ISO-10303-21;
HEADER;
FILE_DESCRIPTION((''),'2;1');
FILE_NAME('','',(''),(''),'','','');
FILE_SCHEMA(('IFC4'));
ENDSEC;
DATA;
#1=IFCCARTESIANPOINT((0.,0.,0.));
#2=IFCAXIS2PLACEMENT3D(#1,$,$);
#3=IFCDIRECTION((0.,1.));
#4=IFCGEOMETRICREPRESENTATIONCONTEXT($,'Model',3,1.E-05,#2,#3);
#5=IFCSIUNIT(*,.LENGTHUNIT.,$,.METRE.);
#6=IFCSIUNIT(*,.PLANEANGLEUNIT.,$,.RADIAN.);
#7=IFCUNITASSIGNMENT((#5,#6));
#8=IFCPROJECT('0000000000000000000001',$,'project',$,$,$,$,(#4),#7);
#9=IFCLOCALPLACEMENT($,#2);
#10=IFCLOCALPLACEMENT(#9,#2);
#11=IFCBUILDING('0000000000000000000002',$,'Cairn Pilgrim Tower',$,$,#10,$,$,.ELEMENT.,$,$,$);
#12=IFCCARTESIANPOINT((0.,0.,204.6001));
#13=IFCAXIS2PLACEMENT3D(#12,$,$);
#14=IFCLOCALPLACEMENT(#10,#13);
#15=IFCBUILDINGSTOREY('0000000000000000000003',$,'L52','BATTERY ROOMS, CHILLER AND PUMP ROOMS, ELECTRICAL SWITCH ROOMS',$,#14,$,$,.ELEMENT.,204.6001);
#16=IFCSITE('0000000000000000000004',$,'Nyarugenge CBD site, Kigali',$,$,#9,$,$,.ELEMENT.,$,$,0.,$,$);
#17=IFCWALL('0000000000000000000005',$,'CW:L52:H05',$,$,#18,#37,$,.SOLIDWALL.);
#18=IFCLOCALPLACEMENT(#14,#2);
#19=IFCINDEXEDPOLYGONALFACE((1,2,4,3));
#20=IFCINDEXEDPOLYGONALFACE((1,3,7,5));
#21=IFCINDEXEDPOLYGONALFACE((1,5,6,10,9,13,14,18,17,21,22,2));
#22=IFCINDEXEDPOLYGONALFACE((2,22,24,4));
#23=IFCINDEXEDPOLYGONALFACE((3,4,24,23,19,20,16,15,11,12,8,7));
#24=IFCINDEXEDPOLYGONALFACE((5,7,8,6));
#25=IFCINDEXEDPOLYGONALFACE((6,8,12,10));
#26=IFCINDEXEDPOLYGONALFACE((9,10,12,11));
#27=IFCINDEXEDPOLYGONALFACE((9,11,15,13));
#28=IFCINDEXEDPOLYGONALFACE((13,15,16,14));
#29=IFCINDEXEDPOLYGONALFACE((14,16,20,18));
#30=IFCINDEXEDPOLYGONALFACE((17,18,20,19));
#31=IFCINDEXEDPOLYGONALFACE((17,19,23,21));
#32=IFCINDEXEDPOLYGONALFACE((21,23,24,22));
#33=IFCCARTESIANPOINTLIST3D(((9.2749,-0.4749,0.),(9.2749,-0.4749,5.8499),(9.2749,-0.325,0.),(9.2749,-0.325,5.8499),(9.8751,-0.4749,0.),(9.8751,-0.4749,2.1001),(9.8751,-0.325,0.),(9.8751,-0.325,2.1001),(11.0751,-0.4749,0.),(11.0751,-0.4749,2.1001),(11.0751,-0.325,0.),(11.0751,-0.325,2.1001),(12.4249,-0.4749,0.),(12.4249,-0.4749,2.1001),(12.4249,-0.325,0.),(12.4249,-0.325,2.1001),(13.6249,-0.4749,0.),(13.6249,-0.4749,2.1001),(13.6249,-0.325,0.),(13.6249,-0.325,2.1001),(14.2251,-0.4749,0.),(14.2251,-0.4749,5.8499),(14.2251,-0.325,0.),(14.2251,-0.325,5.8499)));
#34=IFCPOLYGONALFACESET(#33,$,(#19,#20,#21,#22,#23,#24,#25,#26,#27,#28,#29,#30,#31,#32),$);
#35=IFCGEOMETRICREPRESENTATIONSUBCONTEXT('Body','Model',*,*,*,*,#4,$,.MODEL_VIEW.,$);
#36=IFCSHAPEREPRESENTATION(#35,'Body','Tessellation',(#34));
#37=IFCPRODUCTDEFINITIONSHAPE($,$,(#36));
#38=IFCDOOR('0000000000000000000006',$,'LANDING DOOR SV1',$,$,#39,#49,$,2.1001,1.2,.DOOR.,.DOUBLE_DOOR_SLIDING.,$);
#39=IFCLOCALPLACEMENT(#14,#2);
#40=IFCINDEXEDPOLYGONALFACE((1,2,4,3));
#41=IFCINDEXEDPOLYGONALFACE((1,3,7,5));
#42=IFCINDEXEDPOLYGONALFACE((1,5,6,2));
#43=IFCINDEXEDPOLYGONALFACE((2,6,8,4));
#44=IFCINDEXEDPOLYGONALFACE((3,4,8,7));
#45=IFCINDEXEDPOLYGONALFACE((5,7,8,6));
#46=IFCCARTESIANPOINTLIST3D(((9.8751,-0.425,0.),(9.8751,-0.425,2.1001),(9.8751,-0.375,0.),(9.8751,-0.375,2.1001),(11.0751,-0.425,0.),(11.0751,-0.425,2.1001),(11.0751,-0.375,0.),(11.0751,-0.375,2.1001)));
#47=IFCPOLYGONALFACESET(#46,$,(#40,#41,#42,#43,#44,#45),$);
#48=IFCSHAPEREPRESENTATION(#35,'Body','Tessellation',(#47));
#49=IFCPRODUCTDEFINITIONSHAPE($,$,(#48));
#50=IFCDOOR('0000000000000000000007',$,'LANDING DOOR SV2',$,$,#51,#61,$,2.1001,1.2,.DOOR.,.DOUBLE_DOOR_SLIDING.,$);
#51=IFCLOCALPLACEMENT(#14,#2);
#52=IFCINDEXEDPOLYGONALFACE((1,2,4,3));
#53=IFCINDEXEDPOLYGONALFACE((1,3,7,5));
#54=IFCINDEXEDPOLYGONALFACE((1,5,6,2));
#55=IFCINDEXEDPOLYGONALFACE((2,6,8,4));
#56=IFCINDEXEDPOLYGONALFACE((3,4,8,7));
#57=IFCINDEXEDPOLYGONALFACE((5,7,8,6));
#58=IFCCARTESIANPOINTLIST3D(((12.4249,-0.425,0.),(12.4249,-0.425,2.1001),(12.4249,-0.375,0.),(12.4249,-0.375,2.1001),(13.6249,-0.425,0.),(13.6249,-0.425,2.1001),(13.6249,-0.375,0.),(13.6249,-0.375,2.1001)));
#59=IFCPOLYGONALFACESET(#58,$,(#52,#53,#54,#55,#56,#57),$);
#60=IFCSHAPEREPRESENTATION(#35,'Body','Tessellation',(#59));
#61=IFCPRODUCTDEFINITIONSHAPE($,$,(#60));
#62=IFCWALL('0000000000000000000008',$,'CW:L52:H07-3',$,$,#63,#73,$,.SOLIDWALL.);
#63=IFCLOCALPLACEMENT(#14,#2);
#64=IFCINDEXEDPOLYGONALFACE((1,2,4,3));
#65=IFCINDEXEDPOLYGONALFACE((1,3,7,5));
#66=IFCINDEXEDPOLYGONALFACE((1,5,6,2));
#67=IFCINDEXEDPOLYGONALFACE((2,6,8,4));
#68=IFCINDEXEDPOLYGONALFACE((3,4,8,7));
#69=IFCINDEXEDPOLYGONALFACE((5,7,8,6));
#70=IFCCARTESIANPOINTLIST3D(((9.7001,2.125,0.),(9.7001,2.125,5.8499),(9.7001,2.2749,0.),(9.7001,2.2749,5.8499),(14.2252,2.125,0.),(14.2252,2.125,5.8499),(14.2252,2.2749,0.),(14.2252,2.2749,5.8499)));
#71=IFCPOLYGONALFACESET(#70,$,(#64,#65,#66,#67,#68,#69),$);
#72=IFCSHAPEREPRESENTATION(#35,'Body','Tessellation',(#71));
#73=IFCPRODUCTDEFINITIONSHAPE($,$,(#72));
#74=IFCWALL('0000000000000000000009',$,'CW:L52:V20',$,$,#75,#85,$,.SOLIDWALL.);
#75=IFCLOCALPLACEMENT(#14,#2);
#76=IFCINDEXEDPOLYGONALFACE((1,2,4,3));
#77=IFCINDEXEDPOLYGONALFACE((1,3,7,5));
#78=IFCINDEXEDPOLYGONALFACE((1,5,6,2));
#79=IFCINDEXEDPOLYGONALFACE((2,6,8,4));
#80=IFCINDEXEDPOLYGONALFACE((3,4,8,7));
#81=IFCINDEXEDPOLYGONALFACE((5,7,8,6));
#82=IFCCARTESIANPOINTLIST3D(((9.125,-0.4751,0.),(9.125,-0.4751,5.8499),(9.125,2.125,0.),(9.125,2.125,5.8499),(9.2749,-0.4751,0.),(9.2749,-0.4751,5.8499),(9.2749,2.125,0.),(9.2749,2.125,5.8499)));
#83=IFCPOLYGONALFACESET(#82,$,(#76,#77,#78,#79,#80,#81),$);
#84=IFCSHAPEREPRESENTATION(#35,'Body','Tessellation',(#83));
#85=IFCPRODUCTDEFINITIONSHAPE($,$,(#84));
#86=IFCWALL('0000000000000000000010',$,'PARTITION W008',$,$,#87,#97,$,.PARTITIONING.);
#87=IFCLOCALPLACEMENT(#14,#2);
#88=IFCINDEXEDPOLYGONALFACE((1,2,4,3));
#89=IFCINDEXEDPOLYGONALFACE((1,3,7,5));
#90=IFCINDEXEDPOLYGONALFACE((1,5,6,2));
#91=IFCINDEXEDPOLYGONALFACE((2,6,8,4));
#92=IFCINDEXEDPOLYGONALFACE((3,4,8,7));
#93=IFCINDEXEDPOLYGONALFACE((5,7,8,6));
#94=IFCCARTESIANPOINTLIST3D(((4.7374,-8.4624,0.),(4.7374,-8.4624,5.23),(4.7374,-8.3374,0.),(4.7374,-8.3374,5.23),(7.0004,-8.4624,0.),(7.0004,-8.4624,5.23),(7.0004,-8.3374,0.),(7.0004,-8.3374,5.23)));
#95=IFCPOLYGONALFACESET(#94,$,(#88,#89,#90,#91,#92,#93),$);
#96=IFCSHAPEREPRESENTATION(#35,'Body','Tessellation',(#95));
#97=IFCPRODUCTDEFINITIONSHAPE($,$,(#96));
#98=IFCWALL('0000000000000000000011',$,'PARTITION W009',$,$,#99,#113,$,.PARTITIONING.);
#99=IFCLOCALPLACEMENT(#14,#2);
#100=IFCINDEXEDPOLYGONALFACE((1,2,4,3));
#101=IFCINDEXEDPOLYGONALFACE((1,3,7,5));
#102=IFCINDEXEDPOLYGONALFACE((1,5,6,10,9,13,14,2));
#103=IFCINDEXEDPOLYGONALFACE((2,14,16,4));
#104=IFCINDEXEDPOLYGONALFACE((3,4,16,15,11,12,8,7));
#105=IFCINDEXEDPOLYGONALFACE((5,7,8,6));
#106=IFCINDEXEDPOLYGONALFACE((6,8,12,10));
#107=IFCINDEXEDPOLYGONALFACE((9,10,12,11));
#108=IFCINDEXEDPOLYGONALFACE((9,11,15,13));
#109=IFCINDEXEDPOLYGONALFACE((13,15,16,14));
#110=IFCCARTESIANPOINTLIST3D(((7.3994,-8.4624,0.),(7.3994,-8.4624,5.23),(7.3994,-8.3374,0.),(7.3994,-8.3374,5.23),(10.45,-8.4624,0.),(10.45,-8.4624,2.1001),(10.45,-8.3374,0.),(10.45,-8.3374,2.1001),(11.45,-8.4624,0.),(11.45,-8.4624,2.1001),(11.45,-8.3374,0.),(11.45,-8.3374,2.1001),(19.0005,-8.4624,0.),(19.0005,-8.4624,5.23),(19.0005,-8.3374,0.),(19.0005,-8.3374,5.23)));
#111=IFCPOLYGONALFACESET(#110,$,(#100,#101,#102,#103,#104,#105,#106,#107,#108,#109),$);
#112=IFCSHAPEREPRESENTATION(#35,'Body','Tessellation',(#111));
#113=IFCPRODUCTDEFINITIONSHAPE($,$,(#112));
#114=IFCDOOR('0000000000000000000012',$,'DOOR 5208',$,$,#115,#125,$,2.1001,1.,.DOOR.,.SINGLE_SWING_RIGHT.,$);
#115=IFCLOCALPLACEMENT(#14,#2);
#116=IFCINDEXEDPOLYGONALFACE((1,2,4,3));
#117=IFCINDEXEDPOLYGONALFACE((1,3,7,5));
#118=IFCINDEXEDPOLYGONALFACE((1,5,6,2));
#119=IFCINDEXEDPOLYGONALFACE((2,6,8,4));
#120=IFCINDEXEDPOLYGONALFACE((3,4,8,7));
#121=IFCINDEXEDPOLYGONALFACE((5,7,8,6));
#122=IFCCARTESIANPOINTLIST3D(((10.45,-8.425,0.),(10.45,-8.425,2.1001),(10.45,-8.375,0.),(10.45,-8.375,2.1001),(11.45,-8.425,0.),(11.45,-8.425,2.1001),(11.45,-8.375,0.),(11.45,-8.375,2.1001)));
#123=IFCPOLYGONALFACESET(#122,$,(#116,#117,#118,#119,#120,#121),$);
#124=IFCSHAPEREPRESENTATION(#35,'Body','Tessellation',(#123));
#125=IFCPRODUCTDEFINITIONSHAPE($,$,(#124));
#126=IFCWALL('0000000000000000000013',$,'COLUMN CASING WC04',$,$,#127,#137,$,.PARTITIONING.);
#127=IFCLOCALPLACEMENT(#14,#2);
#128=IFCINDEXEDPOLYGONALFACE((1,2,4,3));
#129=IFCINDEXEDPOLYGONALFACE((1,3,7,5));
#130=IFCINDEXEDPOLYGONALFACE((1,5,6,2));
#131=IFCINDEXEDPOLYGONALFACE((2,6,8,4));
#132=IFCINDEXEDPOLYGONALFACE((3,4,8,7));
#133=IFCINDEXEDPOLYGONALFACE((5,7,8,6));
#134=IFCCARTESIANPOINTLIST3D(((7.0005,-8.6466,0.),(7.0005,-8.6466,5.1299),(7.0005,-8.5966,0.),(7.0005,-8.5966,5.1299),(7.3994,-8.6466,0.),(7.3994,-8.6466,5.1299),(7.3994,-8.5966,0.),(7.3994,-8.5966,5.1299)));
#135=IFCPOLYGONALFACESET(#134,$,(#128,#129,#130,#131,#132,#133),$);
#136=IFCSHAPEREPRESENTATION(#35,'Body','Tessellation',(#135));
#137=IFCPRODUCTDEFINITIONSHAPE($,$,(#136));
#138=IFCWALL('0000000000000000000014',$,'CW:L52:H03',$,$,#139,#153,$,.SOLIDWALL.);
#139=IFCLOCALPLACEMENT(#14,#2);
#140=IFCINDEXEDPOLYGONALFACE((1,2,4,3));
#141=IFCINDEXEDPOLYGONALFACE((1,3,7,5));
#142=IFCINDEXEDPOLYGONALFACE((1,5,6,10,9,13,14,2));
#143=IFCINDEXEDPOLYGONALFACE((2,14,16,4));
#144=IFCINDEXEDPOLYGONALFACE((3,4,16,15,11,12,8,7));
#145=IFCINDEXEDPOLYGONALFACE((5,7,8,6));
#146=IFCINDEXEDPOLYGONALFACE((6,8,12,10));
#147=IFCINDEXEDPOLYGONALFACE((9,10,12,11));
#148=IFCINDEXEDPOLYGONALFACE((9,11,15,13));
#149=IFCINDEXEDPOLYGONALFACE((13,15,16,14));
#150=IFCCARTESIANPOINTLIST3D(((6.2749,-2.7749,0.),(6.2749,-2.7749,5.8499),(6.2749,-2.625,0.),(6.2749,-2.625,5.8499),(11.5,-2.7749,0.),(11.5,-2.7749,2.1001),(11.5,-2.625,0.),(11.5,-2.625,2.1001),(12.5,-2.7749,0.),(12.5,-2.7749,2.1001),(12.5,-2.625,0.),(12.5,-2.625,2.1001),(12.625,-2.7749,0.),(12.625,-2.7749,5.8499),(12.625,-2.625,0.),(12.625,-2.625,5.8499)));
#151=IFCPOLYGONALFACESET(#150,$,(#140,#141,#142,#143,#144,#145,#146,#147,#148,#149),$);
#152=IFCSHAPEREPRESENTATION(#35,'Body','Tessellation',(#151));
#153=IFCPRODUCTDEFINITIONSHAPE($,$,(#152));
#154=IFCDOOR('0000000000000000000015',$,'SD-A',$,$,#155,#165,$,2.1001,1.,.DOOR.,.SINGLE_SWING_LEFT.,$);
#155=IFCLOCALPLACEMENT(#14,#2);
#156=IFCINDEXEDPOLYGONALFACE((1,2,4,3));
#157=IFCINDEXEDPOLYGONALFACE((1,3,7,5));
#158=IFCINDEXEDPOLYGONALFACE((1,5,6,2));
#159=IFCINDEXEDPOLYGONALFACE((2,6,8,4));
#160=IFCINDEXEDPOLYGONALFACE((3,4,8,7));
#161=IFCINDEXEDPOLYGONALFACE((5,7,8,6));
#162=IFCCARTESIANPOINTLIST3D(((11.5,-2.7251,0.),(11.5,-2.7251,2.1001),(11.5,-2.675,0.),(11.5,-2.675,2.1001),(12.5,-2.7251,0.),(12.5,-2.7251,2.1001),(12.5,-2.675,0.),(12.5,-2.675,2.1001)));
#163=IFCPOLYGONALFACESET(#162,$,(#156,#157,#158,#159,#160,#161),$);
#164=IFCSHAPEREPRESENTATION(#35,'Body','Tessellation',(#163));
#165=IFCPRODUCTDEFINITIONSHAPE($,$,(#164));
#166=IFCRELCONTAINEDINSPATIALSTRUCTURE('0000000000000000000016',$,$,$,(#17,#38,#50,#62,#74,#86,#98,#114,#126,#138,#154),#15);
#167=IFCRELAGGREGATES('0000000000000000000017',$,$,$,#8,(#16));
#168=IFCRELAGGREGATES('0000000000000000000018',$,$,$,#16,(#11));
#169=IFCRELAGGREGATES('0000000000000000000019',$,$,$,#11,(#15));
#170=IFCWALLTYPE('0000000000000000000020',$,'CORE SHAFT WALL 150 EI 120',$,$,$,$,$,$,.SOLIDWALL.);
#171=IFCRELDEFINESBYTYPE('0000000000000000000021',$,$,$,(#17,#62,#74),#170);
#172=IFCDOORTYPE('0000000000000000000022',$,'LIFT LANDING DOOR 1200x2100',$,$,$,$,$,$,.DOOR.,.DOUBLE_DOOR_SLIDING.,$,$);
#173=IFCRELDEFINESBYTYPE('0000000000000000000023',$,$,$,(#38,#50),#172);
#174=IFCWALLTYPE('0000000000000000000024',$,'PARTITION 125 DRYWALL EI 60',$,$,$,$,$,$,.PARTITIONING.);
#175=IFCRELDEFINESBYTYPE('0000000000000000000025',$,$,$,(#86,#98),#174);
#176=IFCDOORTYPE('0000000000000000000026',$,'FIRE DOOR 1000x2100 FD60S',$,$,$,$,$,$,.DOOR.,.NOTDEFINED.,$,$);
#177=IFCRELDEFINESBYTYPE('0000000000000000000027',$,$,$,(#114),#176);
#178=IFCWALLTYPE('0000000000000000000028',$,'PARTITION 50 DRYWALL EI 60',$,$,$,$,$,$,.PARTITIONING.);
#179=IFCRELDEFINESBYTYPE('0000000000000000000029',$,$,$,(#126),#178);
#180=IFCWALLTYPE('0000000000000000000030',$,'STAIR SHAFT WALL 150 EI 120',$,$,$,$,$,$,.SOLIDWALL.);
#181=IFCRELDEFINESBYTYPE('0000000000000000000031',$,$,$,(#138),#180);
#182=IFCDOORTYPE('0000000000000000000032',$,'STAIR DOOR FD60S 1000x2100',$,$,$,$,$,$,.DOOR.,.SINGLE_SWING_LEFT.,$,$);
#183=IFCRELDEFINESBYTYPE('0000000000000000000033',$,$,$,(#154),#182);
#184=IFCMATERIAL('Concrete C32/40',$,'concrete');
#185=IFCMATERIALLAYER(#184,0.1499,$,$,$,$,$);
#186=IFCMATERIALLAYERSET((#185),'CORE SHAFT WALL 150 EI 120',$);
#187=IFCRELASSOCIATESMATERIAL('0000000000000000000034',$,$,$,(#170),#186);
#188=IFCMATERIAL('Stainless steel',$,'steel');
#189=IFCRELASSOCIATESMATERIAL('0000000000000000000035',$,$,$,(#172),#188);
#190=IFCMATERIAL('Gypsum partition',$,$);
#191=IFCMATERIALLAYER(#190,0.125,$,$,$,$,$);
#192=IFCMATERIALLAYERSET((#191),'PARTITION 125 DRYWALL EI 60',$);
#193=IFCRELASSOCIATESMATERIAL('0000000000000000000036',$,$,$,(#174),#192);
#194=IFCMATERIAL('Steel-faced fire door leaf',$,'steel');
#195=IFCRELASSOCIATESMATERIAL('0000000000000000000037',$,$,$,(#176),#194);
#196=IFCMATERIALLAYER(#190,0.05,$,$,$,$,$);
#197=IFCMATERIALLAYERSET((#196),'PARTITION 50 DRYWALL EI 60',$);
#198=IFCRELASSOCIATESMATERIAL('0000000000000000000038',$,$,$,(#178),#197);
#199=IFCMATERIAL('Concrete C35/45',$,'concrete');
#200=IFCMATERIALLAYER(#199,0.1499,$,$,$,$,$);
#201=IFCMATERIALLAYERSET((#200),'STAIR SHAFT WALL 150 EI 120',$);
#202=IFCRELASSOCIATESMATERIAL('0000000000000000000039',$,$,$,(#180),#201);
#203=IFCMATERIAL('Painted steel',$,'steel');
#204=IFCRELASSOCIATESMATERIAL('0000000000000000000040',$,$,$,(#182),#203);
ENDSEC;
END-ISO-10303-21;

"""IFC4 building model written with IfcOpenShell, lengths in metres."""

from ifc_helpers import new_model, si_unit, direction, frame, frame_2d, origin, place, context, subcontext, project, spatial, rectangle, extrude, material, layer, layer_set, type_object, element, fill, save


model = new_model("IFC4")

# Units and contexts
model_context = context("Model", 3, precision=1e-05, world=origin(), true_north=direction((0.0, 1.0)))
body_context = subcontext(model_context, "Body", "Model", "MODEL_VIEW")
ifc_project = project(units=[si_unit("LENGTHUNIT", "METRE"), si_unit("PLANEANGLEUNIT", "RADIAN")], contexts=[model_context])

# Site, building, storey
site_placement = place(None, origin())
site = spatial("IfcSite", under=ifc_project, at=site_placement, Name="Nyarugenge CBD site, Kigali", CompositionType="ELEMENT", RefElevation=0.0)
building_placement = place(site_placement, origin())
building = spatial("IfcBuilding", under=site, at=building_placement, Name="Cairn Pilgrim Tower", CompositionType="ELEMENT")
storey_placement = place(building_placement, frame((0.0, 0.0, 204.6001)))
storey = spatial("IfcBuildingStorey", under=building, at=storey_placement, Name="L52", Description="BATTERY ROOMS, CHILLER AND PUMP ROOMS, ELECTRICAL SWITCH ROOMS", CompositionType="ELEMENT", Elevation=204.6001)

# Wall, openings, doors
ifc_material_1 = material(Name="Concrete C32/40", Category="concrete")
ifc_layer_1 = layer(ifc_material_1, 0.1499)
ifc_layer_set_1 = layer_set([ifc_layer_1], Name="CORE SHAFT WALL 150 EI 120")
wall_type_1 = type_object("IfcWallType", Name="CORE SHAFT WALL 150 EI 120", PredefinedType="SOLIDWALL", material=ifc_layer_set_1)
wall_1_placement = place(storey_placement, frame((9.2749, -0.3999, 0.0), z_axis=(0.0, 0.0, 1.0), x_axis=(1.0, 0.0, 0.0)))
wall_1 = element("IfcWall", 1, at=wall_1_placement, inside=storey, type_object=wall_type_1, Name="CW:L52:H05", PredefinedType="SOLIDWALL", context=body_context, shape_type="SweptSolid", body=[
    extrude(rectangle(XDim=4.9502, YDim=0.1499, at=frame_2d((2.4751, 0.0))), origin(), (0.0, 0.0, 1.0), 5.8499),
])
opening_1_placement = place(wall_1_placement, frame((0.6001, 0.0, 0.0)))
opening_1 = element("IfcOpeningElement", 2, at=opening_1_placement, cuts=wall_1, PredefinedType="OPENING", context=body_context, shape_type="SweptSolid", body=[
    extrude(rectangle(XDim=1.2, YDim=2.1001, at=frame_2d((0.6001, 1.05))), frame((0.0, 0.085, 0.0), z_axis=(0.0, -1.0, 0.0), x_axis=(1.0, 0.0, 0.0)), (0.0, 0.0, 1.0), 0.1699),
])
opening_2_placement = place(wall_1_placement, frame((3.1499, 0.0, 0.0)))
opening_2 = element("IfcOpeningElement", 3, at=opening_2_placement, cuts=wall_1, PredefinedType="OPENING", context=body_context, shape_type="SweptSolid", body=[
    extrude(rectangle(XDim=1.2, YDim=2.1001, at=frame_2d((0.6001, 1.05))), frame((0.0, 0.085, 0.0), z_axis=(0.0, -1.0, 0.0), x_axis=(1.0, 0.0, 0.0)), (0.0, 0.0, 1.0), 0.1699),
])
ifc_material_2 = material(Name="Stainless steel", Category="steel")
door_type_1 = type_object("IfcDoorType", Name="LIFT LANDING DOOR 1200x2100", OperationType="DOUBLE_DOOR_SLIDING", PredefinedType="DOOR", material=ifc_material_2)
door_1_placement = place(opening_1_placement, origin())
door_1 = element("IfcDoor", 4, at=door_1_placement, inside=storey, type_object=door_type_1, Name="LANDING DOOR SV1", OperationType="DOUBLE_DOOR_SLIDING", OverallHeight=2.1001, OverallWidth=1.2, PredefinedType="DOOR", context=body_context, shape_type="SweptSolid", body=[
    extrude(rectangle(XDim=1.2, YDim=2.1001, at=frame_2d((0.6001, 1.05))), frame((0.0, 0.0249, 0.0), z_axis=(0.0, -1.0, 0.0), x_axis=(1.0, 0.0, 0.0)), (0.0, 0.0, 1.0), 0.05),
])
fill(opening_1, door_1)
door_2_placement = place(opening_2_placement, origin())
door_2 = element("IfcDoor", 5, at=door_2_placement, inside=storey, type_object=door_type_1, Name="LANDING DOOR SV2", OperationType="DOUBLE_DOOR_SLIDING", OverallHeight=2.1001, OverallWidth=1.2, PredefinedType="DOOR", context=body_context, shape_type="SweptSolid", body=[
    extrude(rectangle(XDim=1.2, YDim=2.1001, at=frame_2d((0.6001, 1.05))), frame((0.0, 0.0249, 0.0), z_axis=(0.0, -1.0, 0.0), x_axis=(1.0, 0.0, 0.0)), (0.0, 0.0, 1.0), 0.05),
])
fill(opening_2, door_2)

# Walls
wall_2_placement = place(storey_placement, frame((9.7, 2.2, 0.0), z_axis=(0.0, 0.0, 1.0), x_axis=(1.0, 0.0, 0.0)))
element("IfcWall", 6, at=wall_2_placement, inside=storey, type_object=wall_type_1, Name="CW:L52:H07-3", PredefinedType="SOLIDWALL", context=body_context, shape_type="SweptSolid", body=[
    extrude(rectangle(XDim=4.5251, YDim=0.1499, at=frame_2d((2.2627, 0.0))), origin(), (0.0, 0.0, 1.0), 5.8499),
])
wall_3_placement = place(storey_placement, frame((9.2, -0.4751, 0.0), z_axis=(0.0, 0.0, 1.0), x_axis=(0.0, 1.0, 0.0)))
element("IfcWall", 7, at=wall_3_placement, inside=storey, type_object=wall_type_1, Name="CW:L52:V20", PredefinedType="SOLIDWALL", context=body_context, shape_type="SweptSolid", body=[
    extrude(rectangle(XDim=2.6001, YDim=0.1499, at=frame_2d((1.3, 0.0))), origin(), (0.0, 0.0, 1.0), 5.8499),
])
ifc_material_3 = material(Name="Gypsum partition")
ifc_layer_2 = layer(ifc_material_3, 0.125)
ifc_layer_set_2 = layer_set([ifc_layer_2], Name="PARTITION 125 DRYWALL EI 60")
wall_type_2 = type_object("IfcWallType", Name="PARTITION 125 DRYWALL EI 60", PredefinedType="PARTITIONING", material=ifc_layer_set_2)
wall_4_placement = place(storey_placement, frame((4.7375, -8.3999, 0.0), z_axis=(0.0, 0.0, 1.0), x_axis=(1.0, 0.0, 0.0)))
element("IfcWall", 8, at=wall_4_placement, inside=storey, type_object=wall_type_2, Name="PARTITION W008", PredefinedType="PARTITIONING", context=body_context, shape_type="SweptSolid", body=[
    extrude(rectangle(XDim=2.2629, YDim=0.125, at=frame_2d((1.1313, 0.0))), origin(), (0.0, 0.0, 1.0), 5.23),
])

# Wall, opening, door
wall_5_placement = place(storey_placement, frame((7.3994, -8.3999, 0.0), z_axis=(0.0, 0.0, 1.0), x_axis=(1.0, 0.0, 0.0)))
wall_5 = element("IfcWall", 9, at=wall_5_placement, inside=storey, type_object=wall_type_2, Name="PARTITION W009", PredefinedType="PARTITIONING", context=body_context, shape_type="SweptSolid", body=[
    extrude(rectangle(XDim=11.6011, YDim=0.125, at=frame_2d((5.8005, 0.0))), origin(), (0.0, 0.0, 1.0), 5.23),
])
opening_3_placement = place(wall_5_placement, frame((3.0505, 0.0, 0.0)))
opening_3 = element("IfcOpeningElement", 10, at=opening_3_placement, cuts=wall_5, PredefinedType="OPENING", context=body_context, shape_type="SweptSolid", body=[
    extrude(rectangle(XDim=1.0, YDim=2.1001, at=frame_2d((0.5, 1.05))), frame((0.0, 0.0725, 0.0), z_axis=(0.0, -1.0, 0.0), x_axis=(1.0, 0.0, 0.0)), (0.0, 0.0, 1.0), 0.145),
])
ifc_material_4 = material(Name="Steel-faced fire door leaf", Category="steel")
door_type_2 = type_object("IfcDoorType", Name="FIRE DOOR 1000x2100 FD60S", OperationType="NOTDEFINED", PredefinedType="DOOR", material=ifc_material_4)
door_3_placement = place(opening_3_placement, origin())
door_3 = element("IfcDoor", 11, at=door_3_placement, inside=storey, type_object=door_type_2, Name="DOOR 5208", OperationType="SINGLE_SWING_RIGHT", OverallHeight=2.1001, OverallWidth=1.0, PredefinedType="DOOR", context=body_context, shape_type="SweptSolid", body=[
    extrude(rectangle(XDim=1.0, YDim=2.1001, at=frame_2d((0.5, 1.05))), frame((0.0, 0.0249, 0.0), z_axis=(0.0, -1.0, 0.0), x_axis=(1.0, 0.0, 0.0)), (0.0, 0.0, 1.0), 0.05),
])
fill(opening_3, door_3)

# Wall
ifc_layer_3 = layer(ifc_material_3, 0.05)
ifc_layer_set_3 = layer_set([ifc_layer_3], Name="PARTITION 50 DRYWALL EI 60")
wall_type_3 = type_object("IfcWallType", Name="PARTITION 50 DRYWALL EI 60", PredefinedType="PARTITIONING", material=ifc_layer_set_3)
wall_6_placement = place(storey_placement, frame((7.0005, -8.6216, 0.0), z_axis=(0.0, 0.0, 1.0), x_axis=(1.0, 0.0, 0.0)))
element("IfcWall", 12, at=wall_6_placement, inside=storey, type_object=wall_type_3, Name="COLUMN CASING WC04", PredefinedType="PARTITIONING", context=body_context, shape_type="SweptSolid", body=[
    extrude(rectangle(XDim=0.3989, YDim=0.05, at=frame_2d((0.1995, 0.0))), origin(), (0.0, 0.0, 1.0), 5.1299),
])

# Wall, opening, door
ifc_material_5 = material(Name="Concrete C35/45", Category="concrete")
ifc_layer_4 = layer(ifc_material_5, 0.1499)
ifc_layer_set_4 = layer_set([ifc_layer_4], Name="STAIR SHAFT WALL 150 EI 120")
wall_type_4 = type_object("IfcWallType", Name="STAIR SHAFT WALL 150 EI 120", PredefinedType="SOLIDWALL", material=ifc_layer_set_4)
wall_7_placement = place(storey_placement, frame((6.2749, -2.7, 0.0), z_axis=(0.0, 0.0, 1.0), x_axis=(1.0, 0.0, 0.0)))
wall_7 = element("IfcWall", 13, at=wall_7_placement, inside=storey, type_object=wall_type_4, Name="CW:L52:H03", PredefinedType="SOLIDWALL", context=body_context, shape_type="SweptSolid", body=[
    extrude(rectangle(XDim=6.3501, YDim=0.1499, at=frame_2d((3.175, 0.0))), origin(), (0.0, 0.0, 1.0), 5.8499),
])
opening_4_placement = place(wall_7_placement, frame((5.2251, 0.0, 0.0)))
opening_4 = element("IfcOpeningElement", 14, at=opening_4_placement, cuts=wall_7, PredefinedType="OPENING", context=body_context, shape_type="SweptSolid", body=[
    extrude(rectangle(XDim=1.0, YDim=2.1001, at=frame_2d((0.5, 1.05))), frame((0.0, 0.085, 0.0), z_axis=(0.0, -1.0, 0.0), x_axis=(1.0, 0.0, 0.0)), (0.0, 0.0, 1.0), 0.1699),
])
ifc_material_6 = material(Name="Painted steel", Category="steel")
door_type_3 = type_object("IfcDoorType", Name="STAIR DOOR FD60S 1000x2100", OperationType="SINGLE_SWING_LEFT", PredefinedType="DOOR", material=ifc_material_6)
door_4_placement = place(opening_4_placement, origin())
door_4 = element("IfcDoor", 15, at=door_4_placement, inside=storey, type_object=door_type_3, Name="SD-A", OperationType="SINGLE_SWING_LEFT", OverallHeight=2.1001, OverallWidth=1.0, PredefinedType="DOOR", context=body_context, shape_type="SweptSolid", body=[
    extrude(rectangle(XDim=1.0, YDim=2.1001, at=frame_2d((0.5, 1.05))), frame((0.0, 0.0249, 0.0), z_axis=(0.0, -1.0, 0.0), x_axis=(1.0, 0.0, 0.0)), (0.0, 0.0, 1.0), 0.05),
])
fill(opening_4, door_4)

save(model, "model.ifc")
